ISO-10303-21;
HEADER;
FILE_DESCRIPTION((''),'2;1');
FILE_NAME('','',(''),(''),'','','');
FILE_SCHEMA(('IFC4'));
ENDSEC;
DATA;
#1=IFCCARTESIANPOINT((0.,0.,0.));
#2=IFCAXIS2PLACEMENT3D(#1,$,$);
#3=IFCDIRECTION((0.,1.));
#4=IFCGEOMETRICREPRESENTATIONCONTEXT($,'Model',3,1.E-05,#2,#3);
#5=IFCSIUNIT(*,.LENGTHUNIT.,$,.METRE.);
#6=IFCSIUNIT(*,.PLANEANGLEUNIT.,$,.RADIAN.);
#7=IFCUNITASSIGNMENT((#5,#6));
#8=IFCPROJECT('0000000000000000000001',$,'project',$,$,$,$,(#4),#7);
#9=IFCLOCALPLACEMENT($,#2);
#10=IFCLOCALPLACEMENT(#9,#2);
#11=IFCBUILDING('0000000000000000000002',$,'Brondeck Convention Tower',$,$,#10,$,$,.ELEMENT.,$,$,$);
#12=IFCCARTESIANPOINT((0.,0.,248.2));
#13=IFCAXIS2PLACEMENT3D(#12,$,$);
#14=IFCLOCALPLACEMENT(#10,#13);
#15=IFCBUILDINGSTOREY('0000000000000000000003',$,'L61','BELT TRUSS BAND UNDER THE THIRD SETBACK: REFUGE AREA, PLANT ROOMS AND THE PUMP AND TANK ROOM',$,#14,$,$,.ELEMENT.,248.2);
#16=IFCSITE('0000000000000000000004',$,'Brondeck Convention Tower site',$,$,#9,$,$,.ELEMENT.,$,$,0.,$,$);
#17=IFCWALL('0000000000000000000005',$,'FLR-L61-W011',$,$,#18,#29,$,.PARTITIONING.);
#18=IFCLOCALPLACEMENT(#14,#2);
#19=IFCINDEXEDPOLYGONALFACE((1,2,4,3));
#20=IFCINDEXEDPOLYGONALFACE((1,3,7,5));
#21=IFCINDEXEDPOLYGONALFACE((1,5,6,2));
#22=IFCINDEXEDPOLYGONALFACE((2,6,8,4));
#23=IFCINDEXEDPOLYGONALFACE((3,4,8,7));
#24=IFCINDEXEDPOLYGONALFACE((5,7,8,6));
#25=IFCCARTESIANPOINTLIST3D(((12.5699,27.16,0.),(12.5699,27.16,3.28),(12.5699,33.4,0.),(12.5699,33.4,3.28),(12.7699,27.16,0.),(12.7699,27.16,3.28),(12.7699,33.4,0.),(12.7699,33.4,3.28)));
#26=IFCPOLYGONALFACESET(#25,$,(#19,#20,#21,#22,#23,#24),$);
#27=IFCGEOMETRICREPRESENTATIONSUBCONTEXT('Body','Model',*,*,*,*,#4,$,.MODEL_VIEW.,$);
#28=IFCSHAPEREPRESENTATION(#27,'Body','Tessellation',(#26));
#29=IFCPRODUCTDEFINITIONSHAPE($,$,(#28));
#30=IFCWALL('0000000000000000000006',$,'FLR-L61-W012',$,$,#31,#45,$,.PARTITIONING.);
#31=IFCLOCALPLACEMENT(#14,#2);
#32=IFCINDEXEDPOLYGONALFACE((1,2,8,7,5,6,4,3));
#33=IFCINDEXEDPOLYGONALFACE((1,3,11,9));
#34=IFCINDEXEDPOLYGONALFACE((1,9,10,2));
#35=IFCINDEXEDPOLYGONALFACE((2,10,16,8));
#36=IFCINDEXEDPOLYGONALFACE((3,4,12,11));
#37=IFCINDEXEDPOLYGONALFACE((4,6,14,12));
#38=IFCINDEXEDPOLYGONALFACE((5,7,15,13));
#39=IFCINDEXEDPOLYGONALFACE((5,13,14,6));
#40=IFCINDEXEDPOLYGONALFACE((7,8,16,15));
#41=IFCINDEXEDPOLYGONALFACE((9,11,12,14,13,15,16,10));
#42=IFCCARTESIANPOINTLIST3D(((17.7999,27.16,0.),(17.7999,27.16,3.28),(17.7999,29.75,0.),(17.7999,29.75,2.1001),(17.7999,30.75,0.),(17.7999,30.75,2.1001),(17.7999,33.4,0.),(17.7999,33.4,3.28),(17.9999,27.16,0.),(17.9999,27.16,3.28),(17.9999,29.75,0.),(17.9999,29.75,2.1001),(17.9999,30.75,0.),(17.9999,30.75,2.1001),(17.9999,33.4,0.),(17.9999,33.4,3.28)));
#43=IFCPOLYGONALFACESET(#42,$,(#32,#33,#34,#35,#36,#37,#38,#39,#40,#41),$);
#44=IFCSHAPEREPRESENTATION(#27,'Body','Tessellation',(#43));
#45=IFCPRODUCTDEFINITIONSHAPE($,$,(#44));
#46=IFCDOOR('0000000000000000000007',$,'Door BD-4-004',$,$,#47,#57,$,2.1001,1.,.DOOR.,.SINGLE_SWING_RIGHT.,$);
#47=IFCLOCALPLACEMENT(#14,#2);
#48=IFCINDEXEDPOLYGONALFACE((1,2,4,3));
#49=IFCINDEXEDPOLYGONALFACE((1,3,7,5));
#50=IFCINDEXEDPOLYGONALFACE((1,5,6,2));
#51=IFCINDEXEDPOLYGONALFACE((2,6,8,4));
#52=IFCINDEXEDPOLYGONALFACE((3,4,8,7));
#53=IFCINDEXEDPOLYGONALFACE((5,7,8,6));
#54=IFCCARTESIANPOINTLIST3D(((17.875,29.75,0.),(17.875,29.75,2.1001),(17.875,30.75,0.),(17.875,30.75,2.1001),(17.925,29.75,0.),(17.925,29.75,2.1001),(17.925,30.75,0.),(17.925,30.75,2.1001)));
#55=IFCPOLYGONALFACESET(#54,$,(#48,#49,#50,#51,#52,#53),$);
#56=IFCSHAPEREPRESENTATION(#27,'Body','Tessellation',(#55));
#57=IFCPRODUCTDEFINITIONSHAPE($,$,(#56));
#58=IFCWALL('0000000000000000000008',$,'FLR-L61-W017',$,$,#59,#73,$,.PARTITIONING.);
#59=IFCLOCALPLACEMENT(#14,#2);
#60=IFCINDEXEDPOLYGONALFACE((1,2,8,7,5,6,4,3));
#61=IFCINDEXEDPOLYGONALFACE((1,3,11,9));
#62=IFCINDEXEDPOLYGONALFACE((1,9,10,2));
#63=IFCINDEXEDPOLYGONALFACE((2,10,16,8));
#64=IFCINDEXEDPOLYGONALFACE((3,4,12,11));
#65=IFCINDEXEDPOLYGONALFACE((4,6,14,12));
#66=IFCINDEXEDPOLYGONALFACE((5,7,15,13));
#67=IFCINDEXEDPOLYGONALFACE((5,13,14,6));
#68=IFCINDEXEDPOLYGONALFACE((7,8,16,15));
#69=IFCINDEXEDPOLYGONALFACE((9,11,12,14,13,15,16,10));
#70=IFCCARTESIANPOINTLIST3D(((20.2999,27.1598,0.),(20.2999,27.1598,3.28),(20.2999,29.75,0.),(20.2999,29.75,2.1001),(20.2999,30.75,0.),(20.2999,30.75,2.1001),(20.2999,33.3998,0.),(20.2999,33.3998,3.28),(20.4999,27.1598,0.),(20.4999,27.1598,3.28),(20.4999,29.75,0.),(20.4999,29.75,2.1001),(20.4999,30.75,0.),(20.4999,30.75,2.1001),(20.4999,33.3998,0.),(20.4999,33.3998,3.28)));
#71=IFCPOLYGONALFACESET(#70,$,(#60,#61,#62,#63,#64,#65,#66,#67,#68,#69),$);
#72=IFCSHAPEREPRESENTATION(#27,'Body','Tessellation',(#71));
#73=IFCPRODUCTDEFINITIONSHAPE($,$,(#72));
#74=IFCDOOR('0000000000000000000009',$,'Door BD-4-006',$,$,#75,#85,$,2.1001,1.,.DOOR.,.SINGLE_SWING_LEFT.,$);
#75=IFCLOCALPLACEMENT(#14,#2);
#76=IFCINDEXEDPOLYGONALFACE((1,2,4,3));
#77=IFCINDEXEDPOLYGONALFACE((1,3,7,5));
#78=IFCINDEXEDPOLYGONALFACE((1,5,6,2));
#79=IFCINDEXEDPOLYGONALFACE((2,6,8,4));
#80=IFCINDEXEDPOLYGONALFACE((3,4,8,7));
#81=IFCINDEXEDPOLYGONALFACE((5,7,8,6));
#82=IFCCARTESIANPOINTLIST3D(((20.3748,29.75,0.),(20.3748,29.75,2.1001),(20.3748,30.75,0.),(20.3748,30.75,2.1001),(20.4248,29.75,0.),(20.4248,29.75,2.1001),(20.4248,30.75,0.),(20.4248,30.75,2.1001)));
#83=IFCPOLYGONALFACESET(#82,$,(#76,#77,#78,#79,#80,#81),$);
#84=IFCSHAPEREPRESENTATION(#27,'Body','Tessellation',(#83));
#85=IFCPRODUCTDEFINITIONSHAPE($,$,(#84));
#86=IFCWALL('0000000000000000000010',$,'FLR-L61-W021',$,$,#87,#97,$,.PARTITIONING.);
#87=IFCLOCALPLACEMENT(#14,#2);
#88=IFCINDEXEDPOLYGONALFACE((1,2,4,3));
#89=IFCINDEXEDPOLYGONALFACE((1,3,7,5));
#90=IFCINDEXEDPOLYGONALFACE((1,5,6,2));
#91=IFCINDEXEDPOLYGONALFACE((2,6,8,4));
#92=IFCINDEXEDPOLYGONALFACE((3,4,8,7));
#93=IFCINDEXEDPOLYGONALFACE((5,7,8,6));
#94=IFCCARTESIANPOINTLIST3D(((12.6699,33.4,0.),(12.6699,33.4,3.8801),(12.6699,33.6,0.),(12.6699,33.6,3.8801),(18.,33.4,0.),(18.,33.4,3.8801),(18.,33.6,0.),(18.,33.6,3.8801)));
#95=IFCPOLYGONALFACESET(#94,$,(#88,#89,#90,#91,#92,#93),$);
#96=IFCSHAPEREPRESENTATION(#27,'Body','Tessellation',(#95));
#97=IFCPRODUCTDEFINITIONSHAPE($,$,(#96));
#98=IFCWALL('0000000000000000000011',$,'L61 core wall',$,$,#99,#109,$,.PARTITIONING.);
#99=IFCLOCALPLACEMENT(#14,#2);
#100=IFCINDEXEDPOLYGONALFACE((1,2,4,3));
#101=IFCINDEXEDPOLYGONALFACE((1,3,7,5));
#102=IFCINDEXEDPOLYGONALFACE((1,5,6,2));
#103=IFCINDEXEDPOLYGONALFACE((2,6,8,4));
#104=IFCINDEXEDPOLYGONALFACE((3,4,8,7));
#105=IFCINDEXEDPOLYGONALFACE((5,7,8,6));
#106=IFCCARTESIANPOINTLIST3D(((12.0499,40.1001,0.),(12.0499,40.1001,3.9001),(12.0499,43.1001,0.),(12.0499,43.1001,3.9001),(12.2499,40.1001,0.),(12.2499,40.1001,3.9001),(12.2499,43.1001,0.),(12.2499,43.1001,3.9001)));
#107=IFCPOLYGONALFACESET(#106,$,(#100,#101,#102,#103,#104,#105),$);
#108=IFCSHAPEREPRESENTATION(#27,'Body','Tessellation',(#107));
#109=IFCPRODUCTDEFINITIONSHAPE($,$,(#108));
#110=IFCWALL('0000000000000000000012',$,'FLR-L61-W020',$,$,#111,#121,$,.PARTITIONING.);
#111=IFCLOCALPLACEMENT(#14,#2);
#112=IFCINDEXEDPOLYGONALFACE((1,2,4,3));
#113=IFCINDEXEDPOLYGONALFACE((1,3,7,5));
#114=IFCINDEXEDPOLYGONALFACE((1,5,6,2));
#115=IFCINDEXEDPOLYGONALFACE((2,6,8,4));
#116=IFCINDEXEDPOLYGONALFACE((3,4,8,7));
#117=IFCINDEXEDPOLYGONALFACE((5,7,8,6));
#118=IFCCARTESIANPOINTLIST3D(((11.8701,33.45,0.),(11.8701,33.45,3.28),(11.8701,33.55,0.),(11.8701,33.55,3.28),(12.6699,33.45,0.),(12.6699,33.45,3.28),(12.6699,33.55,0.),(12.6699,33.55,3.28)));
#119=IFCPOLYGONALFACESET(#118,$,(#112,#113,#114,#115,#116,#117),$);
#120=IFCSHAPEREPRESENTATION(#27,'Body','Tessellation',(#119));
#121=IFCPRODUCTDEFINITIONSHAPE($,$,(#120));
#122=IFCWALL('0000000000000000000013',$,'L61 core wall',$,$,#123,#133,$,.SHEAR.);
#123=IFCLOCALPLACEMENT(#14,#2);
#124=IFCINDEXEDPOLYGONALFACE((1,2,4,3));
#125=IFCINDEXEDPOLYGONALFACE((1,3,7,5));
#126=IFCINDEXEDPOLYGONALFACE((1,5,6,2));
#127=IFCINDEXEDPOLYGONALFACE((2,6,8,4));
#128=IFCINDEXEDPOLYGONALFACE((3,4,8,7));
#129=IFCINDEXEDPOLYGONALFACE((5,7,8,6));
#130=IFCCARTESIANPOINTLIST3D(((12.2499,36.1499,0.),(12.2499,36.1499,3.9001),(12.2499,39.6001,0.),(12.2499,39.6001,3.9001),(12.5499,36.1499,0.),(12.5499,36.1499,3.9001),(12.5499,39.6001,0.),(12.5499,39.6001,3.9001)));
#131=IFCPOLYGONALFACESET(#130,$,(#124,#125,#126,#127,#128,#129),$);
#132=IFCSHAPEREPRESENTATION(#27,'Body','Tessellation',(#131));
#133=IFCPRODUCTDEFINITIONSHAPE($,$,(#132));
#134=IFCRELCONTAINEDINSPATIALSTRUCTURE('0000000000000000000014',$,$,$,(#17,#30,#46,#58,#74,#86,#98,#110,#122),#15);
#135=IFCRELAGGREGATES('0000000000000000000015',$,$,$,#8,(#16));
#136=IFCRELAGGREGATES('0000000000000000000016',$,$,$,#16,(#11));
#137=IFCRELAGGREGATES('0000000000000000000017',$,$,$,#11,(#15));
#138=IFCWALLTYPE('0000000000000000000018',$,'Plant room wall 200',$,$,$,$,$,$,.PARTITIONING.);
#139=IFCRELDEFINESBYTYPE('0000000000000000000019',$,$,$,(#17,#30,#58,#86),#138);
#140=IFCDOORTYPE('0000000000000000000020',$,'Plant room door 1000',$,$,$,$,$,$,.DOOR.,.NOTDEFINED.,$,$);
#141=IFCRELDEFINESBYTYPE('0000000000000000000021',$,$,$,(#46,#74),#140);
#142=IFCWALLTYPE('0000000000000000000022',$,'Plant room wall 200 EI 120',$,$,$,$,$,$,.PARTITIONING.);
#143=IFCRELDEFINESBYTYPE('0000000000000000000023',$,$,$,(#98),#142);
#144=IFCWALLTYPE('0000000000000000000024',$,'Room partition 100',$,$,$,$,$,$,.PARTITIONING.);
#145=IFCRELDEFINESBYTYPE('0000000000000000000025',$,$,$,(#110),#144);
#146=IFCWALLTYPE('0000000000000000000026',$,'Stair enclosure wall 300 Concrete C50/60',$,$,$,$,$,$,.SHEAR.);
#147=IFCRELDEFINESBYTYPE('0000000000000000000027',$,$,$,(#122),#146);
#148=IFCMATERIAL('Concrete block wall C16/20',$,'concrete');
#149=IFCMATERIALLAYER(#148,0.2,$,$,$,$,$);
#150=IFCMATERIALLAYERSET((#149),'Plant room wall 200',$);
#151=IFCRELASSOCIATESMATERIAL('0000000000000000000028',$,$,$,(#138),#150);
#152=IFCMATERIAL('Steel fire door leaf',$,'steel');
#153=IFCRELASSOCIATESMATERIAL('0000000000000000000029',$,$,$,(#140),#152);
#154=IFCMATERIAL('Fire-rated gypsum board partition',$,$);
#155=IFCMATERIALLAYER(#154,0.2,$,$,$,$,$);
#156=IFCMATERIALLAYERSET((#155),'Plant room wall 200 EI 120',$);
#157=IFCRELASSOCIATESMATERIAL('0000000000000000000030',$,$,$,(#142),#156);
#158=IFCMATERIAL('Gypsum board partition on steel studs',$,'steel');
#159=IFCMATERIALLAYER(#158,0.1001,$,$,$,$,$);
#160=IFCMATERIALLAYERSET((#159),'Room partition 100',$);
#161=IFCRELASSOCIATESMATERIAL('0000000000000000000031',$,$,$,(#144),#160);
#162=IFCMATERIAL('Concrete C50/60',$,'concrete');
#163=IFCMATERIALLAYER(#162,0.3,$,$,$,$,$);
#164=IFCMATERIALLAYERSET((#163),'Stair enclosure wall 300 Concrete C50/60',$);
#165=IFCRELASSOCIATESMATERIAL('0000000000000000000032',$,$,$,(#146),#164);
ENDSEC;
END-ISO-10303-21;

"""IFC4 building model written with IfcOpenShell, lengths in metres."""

from ifc_helpers import new_model, si_unit, direction, frame, frame_2d, origin, place, context, subcontext, project, spatial, rectangle, extrude, material, layer, layer_set, type_object, element, fill, save


model = new_model("IFC4")

# Units and contexts
model_context = context("Model", 3, precision=1e-05, world=origin(), true_north=direction((0.0, 1.0)))
body_context = subcontext(model_context, "Body", "Model", "MODEL_VIEW")
ifc_project = project(units=[si_unit("LENGTHUNIT", "METRE"), si_unit("PLANEANGLEUNIT", "RADIAN")], contexts=[model_context])

# Site, building, storey
site_placement = place(None, origin())
site = spatial("IfcSite", under=ifc_project, at=site_placement, Name="Brondeck Convention Tower site", CompositionType="ELEMENT", RefElevation=0.0)
building_placement = place(site_placement, origin())
building = spatial("IfcBuilding", under=site, at=building_placement, Name="Brondeck Convention Tower", CompositionType="ELEMENT")
storey_placement = place(building_placement, frame((0.0, 0.0, 248.2)))
storey = spatial("IfcBuildingStorey", under=building, at=storey_placement, Name="L61", Description="BELT TRUSS BAND UNDER THE THIRD SETBACK: REFUGE AREA, PLANT ROOMS AND THE PUMP AND TANK ROOM", CompositionType="ELEMENT", Elevation=248.2)

# Shared definitions
ifc_material_1 = material(Name="Concrete C50/60", Category="concrete")

# Wall
ifc_material_2 = material(Name="Fire-rated gypsum board partition")
ifc_material_3 = material(Name="Concrete block wall C16/20", Category="concrete")
ifc_layer_1 = layer(ifc_material_3, 0.2)
ifc_layer_set_1 = layer_set([ifc_layer_1], Name="Plant room wall 200")
wall_type_1 = type_object("IfcWallType", Name="Plant room wall 200", PredefinedType="PARTITIONING", material=ifc_layer_set_1)
wall_1_placement = place(storey_placement, frame((12.6699, 27.1599, 0.0), z_axis=(0.0, 0.0, 1.0), x_axis=(0.0, 1.0, 0.0)))
element("IfcWall", 1, at=wall_1_placement, inside=storey, type_object=wall_type_1, Name="FLR-L61-W011", PredefinedType="PARTITIONING", context=body_context, shape_type="SweptSolid", body=[
    extrude(rectangle(XDim=6.24, YDim=0.2, at=frame_2d((3.1201, 0.0))), origin(), (0.0, 0.0, 1.0), 3.28),
])

# Walls, openings, doors
wall_2_placement = place(storey_placement, frame((17.8999, 27.1599, 0.0), z_axis=(0.0, 0.0, 1.0), x_axis=(0.0, 1.0, 0.0)))
wall_2 = element("IfcWall", 2, at=wall_2_placement, inside=storey, type_object=wall_type_1, Name="FLR-L61-W012", PredefinedType="PARTITIONING", context=body_context, shape_type="SweptSolid", body=[
    extrude(rectangle(XDim=6.24, YDim=0.2, at=frame_2d((3.1201, 0.0))), origin(), (0.0, 0.0, 1.0), 3.28),
])
opening_1_placement = place(wall_2_placement, frame((2.5901, 0.0, 0.0)))
opening_1 = element("IfcOpeningElement", 3, at=opening_1_placement, cuts=wall_2, PredefinedType="OPENING", context=body_context, shape_type="SweptSolid", body=[
    extrude(rectangle(XDim=1.0, YDim=2.1001, at=frame_2d((0.5, 1.05))), frame((0.0, 0.1099, 0.0), z_axis=(0.0, -1.0, 0.0), x_axis=(1.0, 0.0, 0.0)), (0.0, 0.0, 1.0), 0.22),
])
ifc_material_4 = material(Name="Steel fire door leaf", Category="steel")
door_type_1 = type_object("IfcDoorType", Name="Plant room door 1000", OperationType="NOTDEFINED", PredefinedType="DOOR", material=ifc_material_4)
door_1_placement = place(opening_1_placement, origin())
door_1 = element("IfcDoor", 4, at=door_1_placement, inside=storey, type_object=door_type_1, Name="Door BD-4-004", OperationType="SINGLE_SWING_RIGHT", OverallHeight=2.1001, OverallWidth=1.0, PredefinedType="DOOR", context=body_context, shape_type="SweptSolid", body=[
    extrude(rectangle(XDim=1.0, YDim=2.1001, at=frame_2d((0.5, 1.05))), frame((0.0, 0.0249, 0.0), z_axis=(0.0, -1.0, 0.0), x_axis=(1.0, 0.0, 0.0)), (0.0, 0.0, 1.0), 0.05),
])
fill(opening_1, door_1)
wall_3_placement = place(storey_placement, frame((20.3999, 33.3999, 0.0), z_axis=(0.0, 0.0, 1.0), x_axis=(0.0, -1.0, 0.0)))
wall_3 = element("IfcWall", 5, at=wall_3_placement, inside=storey, type_object=wall_type_1, Name="FLR-L61-W017", PredefinedType="PARTITIONING", context=body_context, shape_type="SweptSolid", body=[
    extrude(rectangle(XDim=6.24, YDim=0.2, at=frame_2d((3.1201, 0.0))), origin(), (0.0, 0.0, 1.0), 3.28),
])
opening_2_placement = place(wall_3_placement, frame((2.6499, 0.0, 0.0)))
opening_2 = element("IfcOpeningElement", 6, at=opening_2_placement, cuts=wall_3, PredefinedType="OPENING", context=body_context, shape_type="SweptSolid", body=[
    extrude(rectangle(XDim=1.0, YDim=2.1001, at=frame_2d((0.5, 1.05))), frame((0.0, 0.1099, 0.0), z_axis=(0.0, -1.0, 0.0), x_axis=(1.0, 0.0, 0.0)), (0.0, 0.0, 1.0), 0.22),
])
door_2_placement = place(opening_2_placement, origin())
door_2 = element("IfcDoor", 7, at=door_2_placement, inside=storey, type_object=door_type_1, Name="Door BD-4-006", OperationType="SINGLE_SWING_LEFT", OverallHeight=2.1001, OverallWidth=1.0, PredefinedType="DOOR", context=body_context, shape_type="SweptSolid", body=[
    extrude(rectangle(XDim=1.0, YDim=2.1001, at=frame_2d((0.5, 1.05))), frame((0.0, 0.0249, 0.0), z_axis=(0.0, -1.0, 0.0), x_axis=(1.0, 0.0, 0.0)), (0.0, 0.0, 1.0), 0.05),
])
fill(opening_2, door_2)

# Walls
wall_4_placement = place(storey_placement, frame((18.0, 33.5, 0.0), z_axis=(0.0, 0.0, 1.0), x_axis=(-1.0, 0.0, 0.0)))
element("IfcWall", 8, at=wall_4_placement, inside=storey, type_object=wall_type_1, Name="FLR-L61-W021", PredefinedType="PARTITIONING", context=body_context, shape_type="SweptSolid", body=[
    extrude(rectangle(XDim=5.3301, YDim=0.2, at=frame_2d((2.665, 0.0))), origin(), (0.0, 0.0, 1.0), 3.8801),
])
ifc_layer_2 = layer(ifc_material_2, 0.2)
ifc_layer_set_2 = layer_set([ifc_layer_2], Name="Plant room wall 200 EI 120")
wall_type_2 = type_object("IfcWallType", Name="Plant room wall 200 EI 120", PredefinedType="PARTITIONING", material=ifc_layer_set_2)
wall_5_placement = place(storey_placement, frame((12.1499, 40.1001, 0.0), z_axis=(0.0, 0.0, 1.0), x_axis=(0.0, 1.0, 0.0)))
element("IfcWall", 9, at=wall_5_placement, inside=storey, type_object=wall_type_2, Name="L61 core wall", PredefinedType="PARTITIONING", context=body_context, shape_type="SweptSolid", body=[
    extrude(rectangle(XDim=3.0, YDim=0.2, at=frame_2d((1.5, 0.0))), origin(), (0.0, 0.0, 1.0), 3.9001),
])
ifc_material_5 = material(Name="Gypsum board partition on steel studs", Category="steel")
ifc_layer_3 = layer(ifc_material_5, 0.1001)
ifc_layer_set_3 = layer_set([ifc_layer_3], Name="Room partition 100")
wall_type_3 = type_object("IfcWallType", Name="Room partition 100", PredefinedType="PARTITIONING", material=ifc_layer_set_3)
wall_6_placement = place(storey_placement, frame((12.6699, 33.5, 0.0), z_axis=(0.0, 0.0, 1.0), x_axis=(-1.0, 0.0, 0.0)))
element("IfcWall", 10, at=wall_6_placement, inside=storey, type_object=wall_type_3, Name="FLR-L61-W020", PredefinedType="PARTITIONING", context=body_context, shape_type="SweptSolid", body=[
    extrude(rectangle(XDim=0.7998, YDim=0.1001, at=frame_2d((0.3999, 0.0))), origin(), (0.0, 0.0, 1.0), 3.28),
])
ifc_layer_4 = layer(ifc_material_1, 0.3)
ifc_layer_set_4 = layer_set([ifc_layer_4], Name="Stair enclosure wall 300 Concrete C50/60")
wall_type_4 = type_object("IfcWallType", Name="Stair enclosure wall 300 Concrete C50/60", PredefinedType="SHEAR", material=ifc_layer_set_4)
wall_7_placement = place(storey_placement, frame((12.3999, 36.1499, 0.0), z_axis=(0.0, 0.0, 1.0), x_axis=(0.0, 1.0, 0.0)))
element("IfcWall", 11, at=wall_7_placement, inside=storey, type_object=wall_type_4, Name="L61 core wall", PredefinedType="SHEAR", context=body_context, shape_type="SweptSolid", body=[
    extrude(rectangle(XDim=3.4502, YDim=0.3, at=frame_2d((1.7251, 0.0))), origin(), (0.0, 0.0, 1.0), 3.9001),
])

save(model, "model.ifc")
